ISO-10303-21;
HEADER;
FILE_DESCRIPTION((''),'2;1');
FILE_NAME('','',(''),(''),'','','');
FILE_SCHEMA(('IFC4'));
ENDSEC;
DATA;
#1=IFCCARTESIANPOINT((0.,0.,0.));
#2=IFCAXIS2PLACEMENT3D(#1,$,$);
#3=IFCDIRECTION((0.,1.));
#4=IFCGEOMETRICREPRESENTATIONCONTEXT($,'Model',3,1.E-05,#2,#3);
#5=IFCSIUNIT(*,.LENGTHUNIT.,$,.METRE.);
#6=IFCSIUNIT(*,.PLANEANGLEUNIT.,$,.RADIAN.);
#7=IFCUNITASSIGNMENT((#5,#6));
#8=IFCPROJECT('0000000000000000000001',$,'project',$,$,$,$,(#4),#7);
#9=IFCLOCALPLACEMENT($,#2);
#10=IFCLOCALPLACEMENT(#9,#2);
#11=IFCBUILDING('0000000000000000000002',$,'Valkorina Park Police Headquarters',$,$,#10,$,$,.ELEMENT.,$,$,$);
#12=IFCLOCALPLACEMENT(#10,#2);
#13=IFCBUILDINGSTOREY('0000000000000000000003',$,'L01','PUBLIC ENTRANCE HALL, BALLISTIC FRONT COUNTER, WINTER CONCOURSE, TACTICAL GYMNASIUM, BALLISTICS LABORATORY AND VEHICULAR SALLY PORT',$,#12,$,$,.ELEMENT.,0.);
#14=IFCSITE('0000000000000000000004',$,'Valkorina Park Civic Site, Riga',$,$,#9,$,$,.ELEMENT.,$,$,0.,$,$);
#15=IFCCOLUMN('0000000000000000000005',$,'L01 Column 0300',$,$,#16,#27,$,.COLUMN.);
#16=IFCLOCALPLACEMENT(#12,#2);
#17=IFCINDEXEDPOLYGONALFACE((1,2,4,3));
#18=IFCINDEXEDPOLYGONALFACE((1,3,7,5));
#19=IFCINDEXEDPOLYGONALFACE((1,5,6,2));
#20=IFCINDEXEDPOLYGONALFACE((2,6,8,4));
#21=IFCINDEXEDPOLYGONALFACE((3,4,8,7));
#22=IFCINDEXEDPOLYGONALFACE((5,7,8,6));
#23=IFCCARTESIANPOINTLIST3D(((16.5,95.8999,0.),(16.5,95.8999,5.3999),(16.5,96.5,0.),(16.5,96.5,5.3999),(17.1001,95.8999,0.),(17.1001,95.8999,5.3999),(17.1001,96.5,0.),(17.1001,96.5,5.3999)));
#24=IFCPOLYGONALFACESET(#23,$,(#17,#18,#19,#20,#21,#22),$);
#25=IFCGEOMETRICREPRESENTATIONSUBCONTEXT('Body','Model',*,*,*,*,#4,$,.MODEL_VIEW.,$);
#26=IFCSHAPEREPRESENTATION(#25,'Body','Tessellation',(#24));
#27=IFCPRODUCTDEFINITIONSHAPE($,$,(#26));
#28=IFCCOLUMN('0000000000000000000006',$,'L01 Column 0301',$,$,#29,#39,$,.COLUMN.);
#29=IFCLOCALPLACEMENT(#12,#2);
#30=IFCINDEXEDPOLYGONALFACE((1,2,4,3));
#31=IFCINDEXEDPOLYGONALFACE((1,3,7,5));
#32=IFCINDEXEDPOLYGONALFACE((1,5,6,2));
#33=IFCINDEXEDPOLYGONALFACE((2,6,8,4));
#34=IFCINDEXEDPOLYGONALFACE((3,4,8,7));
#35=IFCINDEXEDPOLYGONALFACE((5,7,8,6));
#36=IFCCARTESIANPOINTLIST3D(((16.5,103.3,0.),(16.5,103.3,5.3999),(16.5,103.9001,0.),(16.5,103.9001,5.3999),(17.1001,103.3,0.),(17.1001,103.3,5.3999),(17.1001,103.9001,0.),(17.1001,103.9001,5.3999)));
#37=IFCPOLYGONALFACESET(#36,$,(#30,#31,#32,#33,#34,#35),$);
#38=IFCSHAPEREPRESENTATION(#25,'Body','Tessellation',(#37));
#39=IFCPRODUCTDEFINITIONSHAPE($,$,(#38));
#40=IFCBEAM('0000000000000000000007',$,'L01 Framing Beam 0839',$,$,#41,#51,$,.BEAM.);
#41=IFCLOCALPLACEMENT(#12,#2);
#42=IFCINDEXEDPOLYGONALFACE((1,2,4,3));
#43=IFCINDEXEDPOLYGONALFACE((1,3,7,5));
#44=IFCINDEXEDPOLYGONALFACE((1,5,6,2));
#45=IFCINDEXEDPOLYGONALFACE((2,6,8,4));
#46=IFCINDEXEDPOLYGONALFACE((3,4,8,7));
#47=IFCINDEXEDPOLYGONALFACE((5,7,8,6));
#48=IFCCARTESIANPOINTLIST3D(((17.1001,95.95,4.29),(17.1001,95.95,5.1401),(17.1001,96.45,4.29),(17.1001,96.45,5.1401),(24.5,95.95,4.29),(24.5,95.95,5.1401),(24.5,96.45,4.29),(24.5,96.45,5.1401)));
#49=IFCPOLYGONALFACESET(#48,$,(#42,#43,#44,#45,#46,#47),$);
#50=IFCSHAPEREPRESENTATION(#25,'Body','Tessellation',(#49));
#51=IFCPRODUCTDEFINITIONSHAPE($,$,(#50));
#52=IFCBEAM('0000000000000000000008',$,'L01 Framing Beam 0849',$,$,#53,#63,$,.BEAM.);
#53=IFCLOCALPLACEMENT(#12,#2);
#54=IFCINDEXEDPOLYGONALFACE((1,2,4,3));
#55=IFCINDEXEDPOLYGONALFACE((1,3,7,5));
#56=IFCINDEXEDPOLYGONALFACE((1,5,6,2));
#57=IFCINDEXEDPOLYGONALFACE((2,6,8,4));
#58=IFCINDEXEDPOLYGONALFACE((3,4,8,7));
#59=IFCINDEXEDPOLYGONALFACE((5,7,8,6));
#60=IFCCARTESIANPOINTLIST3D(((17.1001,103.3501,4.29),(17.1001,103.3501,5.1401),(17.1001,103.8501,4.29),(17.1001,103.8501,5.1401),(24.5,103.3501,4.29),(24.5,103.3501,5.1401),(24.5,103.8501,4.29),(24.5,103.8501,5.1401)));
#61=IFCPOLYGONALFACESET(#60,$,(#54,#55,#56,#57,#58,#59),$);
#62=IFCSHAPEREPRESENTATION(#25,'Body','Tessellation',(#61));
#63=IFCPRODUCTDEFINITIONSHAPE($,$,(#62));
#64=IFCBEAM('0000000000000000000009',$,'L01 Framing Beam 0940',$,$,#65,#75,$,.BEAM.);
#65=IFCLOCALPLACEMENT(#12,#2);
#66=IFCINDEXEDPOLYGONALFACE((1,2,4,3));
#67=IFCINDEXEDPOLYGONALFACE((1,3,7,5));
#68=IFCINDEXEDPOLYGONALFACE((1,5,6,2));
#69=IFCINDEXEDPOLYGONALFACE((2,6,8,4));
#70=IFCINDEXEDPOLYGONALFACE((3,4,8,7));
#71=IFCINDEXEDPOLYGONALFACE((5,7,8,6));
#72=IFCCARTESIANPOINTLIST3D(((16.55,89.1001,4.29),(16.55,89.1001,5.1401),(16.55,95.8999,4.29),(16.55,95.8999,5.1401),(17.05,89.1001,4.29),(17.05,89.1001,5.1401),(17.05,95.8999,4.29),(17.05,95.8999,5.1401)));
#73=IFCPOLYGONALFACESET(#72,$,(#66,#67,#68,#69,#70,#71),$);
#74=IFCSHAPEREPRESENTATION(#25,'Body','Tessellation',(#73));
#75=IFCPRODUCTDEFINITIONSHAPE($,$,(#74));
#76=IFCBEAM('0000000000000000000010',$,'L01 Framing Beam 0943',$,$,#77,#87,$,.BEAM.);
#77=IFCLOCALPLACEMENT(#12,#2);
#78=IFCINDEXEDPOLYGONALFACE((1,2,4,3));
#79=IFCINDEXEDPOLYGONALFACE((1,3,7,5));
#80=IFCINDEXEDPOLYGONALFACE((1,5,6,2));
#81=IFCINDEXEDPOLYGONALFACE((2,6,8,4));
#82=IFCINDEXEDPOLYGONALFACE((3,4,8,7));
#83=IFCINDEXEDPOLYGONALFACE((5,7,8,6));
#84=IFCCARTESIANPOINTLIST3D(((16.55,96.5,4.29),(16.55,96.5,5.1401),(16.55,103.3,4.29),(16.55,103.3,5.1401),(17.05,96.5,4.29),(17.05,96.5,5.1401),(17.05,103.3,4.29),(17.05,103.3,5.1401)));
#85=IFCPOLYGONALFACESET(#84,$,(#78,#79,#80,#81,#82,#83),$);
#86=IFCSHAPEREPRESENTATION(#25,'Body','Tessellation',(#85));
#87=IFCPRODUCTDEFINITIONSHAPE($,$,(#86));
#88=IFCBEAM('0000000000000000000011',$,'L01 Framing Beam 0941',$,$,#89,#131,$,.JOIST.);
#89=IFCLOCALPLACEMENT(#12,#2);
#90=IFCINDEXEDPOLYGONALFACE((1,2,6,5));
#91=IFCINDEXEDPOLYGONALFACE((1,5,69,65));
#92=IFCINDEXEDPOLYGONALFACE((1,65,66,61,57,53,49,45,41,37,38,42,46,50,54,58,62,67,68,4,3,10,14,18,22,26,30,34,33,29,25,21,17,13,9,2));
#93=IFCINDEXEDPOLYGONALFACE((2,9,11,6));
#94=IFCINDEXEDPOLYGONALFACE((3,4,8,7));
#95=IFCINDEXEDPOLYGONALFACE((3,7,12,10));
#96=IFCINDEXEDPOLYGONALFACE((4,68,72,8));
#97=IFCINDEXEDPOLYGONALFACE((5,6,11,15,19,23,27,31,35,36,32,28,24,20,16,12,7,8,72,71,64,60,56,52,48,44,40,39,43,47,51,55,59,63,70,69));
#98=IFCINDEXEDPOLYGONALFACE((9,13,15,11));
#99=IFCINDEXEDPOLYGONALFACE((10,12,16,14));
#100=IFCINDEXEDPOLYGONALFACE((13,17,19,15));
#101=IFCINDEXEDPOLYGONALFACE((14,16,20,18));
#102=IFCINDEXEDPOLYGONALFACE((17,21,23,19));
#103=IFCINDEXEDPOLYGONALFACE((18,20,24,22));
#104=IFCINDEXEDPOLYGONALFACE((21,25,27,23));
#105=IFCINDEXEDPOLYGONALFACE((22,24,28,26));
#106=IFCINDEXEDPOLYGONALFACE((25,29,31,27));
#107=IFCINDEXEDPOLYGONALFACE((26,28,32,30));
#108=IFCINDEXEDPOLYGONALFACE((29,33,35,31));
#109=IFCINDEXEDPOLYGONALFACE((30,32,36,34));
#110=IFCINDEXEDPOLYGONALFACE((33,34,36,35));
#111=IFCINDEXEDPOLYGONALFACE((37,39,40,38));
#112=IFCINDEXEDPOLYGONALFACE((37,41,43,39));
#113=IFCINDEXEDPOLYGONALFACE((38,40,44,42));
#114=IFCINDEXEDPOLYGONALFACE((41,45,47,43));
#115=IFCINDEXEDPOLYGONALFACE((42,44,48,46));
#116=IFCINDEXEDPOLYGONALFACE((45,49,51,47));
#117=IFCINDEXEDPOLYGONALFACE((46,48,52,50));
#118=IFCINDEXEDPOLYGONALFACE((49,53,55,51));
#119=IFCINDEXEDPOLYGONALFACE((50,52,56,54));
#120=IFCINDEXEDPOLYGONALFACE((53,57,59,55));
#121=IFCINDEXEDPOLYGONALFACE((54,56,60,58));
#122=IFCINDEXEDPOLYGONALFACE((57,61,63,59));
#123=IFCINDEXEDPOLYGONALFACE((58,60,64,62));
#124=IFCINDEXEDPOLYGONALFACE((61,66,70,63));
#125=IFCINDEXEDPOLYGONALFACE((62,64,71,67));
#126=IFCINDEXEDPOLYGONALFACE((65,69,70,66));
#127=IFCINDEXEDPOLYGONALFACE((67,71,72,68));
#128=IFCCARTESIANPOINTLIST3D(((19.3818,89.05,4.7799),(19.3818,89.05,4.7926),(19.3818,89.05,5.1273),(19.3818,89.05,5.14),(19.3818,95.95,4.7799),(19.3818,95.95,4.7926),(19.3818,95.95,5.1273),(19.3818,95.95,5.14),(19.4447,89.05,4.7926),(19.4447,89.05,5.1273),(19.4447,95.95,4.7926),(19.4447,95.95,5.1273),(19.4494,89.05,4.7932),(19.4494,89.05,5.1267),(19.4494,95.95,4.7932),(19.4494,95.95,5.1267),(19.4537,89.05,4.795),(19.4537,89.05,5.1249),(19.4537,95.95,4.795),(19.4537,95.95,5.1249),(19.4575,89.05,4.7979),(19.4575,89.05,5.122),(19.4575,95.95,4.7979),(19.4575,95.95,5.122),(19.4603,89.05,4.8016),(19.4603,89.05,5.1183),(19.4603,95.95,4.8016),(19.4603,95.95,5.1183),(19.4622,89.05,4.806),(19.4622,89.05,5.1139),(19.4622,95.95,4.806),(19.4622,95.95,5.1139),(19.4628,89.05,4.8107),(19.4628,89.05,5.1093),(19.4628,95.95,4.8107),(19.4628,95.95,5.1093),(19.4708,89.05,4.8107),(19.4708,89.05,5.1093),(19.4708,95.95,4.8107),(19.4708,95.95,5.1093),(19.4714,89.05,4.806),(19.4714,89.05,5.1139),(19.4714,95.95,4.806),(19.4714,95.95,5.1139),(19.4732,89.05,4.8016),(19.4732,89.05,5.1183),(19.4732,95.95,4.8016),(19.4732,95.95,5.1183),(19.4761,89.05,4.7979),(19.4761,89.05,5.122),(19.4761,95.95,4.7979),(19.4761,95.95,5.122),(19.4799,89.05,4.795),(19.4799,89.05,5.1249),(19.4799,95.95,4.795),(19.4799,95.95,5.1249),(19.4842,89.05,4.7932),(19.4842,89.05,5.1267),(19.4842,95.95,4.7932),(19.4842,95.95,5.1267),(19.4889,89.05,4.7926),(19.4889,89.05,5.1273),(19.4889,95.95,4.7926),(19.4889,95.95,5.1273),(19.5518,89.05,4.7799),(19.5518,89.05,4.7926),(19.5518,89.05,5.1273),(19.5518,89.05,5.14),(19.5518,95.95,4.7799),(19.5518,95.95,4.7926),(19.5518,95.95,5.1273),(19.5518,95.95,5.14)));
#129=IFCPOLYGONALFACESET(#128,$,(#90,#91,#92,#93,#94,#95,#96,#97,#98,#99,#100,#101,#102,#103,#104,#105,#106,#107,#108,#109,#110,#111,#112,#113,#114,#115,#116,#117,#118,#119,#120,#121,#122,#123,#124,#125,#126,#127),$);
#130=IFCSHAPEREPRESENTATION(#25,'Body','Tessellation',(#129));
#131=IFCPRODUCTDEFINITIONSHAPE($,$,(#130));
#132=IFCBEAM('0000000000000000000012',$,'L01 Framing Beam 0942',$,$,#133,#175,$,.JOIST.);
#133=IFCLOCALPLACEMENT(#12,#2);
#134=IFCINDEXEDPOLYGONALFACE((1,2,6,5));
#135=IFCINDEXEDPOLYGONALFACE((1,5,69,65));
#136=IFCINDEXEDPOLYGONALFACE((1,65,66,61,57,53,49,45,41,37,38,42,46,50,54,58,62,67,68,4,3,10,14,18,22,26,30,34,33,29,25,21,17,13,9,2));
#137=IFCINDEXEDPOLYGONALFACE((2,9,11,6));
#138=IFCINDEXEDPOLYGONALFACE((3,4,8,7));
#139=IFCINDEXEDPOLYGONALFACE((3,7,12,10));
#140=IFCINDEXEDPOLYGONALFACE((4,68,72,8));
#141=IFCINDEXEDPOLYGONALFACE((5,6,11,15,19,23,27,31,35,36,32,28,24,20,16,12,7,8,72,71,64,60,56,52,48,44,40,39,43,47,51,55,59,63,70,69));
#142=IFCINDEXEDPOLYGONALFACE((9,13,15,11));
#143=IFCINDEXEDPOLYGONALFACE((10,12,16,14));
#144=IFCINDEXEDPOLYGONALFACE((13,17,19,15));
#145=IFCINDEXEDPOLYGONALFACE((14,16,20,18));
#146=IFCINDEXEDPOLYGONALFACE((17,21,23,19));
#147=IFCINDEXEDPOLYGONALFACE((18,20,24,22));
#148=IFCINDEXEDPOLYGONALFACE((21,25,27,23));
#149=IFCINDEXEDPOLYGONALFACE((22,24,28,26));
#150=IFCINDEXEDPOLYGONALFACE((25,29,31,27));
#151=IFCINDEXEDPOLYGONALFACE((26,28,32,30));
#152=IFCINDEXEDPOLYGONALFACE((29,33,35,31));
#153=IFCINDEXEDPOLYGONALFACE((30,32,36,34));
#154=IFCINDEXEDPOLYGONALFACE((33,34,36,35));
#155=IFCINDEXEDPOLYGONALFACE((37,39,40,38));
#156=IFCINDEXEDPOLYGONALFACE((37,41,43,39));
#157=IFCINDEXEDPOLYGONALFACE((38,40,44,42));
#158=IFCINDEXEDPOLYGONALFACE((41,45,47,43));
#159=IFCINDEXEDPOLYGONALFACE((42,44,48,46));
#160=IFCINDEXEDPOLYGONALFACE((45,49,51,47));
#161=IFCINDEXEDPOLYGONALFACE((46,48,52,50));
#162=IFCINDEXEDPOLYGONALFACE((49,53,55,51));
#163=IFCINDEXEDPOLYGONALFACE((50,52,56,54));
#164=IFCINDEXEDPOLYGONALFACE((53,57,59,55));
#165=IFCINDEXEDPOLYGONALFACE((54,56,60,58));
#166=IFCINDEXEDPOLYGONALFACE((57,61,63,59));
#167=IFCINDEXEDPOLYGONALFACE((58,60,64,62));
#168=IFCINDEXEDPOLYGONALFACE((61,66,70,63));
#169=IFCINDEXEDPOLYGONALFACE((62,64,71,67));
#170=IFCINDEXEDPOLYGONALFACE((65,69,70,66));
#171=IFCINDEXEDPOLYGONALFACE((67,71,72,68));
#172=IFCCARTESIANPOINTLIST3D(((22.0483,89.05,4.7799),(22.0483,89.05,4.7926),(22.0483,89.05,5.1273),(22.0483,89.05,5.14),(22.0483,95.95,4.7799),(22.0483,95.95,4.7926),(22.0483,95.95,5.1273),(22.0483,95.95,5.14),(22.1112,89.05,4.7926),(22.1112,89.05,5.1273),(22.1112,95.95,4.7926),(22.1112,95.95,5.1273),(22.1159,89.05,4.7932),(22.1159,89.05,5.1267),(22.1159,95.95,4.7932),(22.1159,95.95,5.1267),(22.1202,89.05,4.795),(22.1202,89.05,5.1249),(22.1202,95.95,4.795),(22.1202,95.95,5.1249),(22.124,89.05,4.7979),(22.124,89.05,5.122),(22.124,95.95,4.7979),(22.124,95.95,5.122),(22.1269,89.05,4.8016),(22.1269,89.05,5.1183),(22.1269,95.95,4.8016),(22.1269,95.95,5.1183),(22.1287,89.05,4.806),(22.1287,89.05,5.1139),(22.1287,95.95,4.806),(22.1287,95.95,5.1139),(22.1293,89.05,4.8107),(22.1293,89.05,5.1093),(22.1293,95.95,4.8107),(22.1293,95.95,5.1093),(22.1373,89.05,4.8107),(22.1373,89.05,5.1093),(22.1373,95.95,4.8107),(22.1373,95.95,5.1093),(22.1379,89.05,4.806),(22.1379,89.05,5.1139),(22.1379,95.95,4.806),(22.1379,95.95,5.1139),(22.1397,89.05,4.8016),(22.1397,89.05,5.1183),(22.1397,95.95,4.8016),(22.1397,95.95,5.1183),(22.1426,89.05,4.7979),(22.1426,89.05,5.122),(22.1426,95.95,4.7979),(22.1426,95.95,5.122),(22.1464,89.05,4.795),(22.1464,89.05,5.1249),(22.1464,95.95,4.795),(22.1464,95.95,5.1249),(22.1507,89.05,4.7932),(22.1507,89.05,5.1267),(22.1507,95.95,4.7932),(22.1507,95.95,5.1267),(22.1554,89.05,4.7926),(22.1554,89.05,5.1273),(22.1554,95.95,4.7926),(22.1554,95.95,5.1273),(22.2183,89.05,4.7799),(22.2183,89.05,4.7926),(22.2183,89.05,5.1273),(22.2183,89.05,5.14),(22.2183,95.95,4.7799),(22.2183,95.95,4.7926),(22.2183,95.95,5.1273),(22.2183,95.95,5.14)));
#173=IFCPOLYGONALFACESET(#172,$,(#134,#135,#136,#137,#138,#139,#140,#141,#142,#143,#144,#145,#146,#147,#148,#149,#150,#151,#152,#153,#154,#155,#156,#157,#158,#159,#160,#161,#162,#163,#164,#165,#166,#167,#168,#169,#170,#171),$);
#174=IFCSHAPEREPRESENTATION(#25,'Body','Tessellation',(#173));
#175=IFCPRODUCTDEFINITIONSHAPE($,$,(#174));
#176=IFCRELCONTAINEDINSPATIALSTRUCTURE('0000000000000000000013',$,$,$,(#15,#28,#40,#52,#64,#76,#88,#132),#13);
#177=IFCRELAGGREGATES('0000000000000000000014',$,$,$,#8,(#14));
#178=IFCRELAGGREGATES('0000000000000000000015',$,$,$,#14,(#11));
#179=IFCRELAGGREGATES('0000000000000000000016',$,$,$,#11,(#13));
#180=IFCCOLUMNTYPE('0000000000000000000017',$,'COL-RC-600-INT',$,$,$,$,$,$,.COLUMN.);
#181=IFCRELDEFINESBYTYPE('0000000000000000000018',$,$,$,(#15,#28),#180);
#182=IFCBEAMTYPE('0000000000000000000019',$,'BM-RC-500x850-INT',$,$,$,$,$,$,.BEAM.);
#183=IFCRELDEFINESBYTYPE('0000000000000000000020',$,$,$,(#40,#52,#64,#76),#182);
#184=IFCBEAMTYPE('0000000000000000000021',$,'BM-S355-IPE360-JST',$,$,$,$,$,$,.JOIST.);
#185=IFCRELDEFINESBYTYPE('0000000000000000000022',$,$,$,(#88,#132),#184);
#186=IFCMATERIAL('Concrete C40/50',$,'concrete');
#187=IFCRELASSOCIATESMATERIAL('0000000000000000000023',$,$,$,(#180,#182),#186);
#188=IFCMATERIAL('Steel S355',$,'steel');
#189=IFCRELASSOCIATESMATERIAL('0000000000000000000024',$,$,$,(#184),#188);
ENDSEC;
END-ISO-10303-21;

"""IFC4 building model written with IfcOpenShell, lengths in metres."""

from ifc_helpers import new_model, si_unit, direction, frame, origin, origin_2d, place, context, subcontext, project, spatial, rectangle, i_section, extrude, material, material_profile, profile_set, type_object, element, save


model = new_model("IFC4")

# Units and contexts
model_context = context("Model", 3, precision=1e-05, world=origin(), true_north=direction((0.0, 1.0)))
body_context = subcontext(model_context, "Body", "Model", "MODEL_VIEW")
ifc_project = project(units=[si_unit("LENGTHUNIT", "METRE"), si_unit("PLANEANGLEUNIT", "RADIAN")], contexts=[model_context])

# Site, building, storey
site_placement = place(None, origin())
site = spatial("IfcSite", under=ifc_project, at=site_placement, Name="Valkorina Park Civic Site, Riga", CompositionType="ELEMENT", RefElevation=0.0)
building_placement = place(site_placement, origin())
building = spatial("IfcBuilding", under=site, at=building_placement, Name="Valkorina Park Police Headquarters", CompositionType="ELEMENT")
storey_placement = place(building_placement, origin())
storey = spatial("IfcBuildingStorey", under=building, at=storey_placement, Name="L01", Description="PUBLIC ENTRANCE HALL, BALLISTIC FRONT COUNTER, WINTER CONCOURSE, TACTICAL GYMNASIUM, BALLISTICS LABORATORY AND VEHICULAR SALLY PORT", CompositionType="ELEMENT", Elevation=0.0)

# Columns
ifc_material_1 = material(Name="Concrete C40/50", Category="concrete")
ifc_material_profile_1 = material_profile(ifc_material_1, rectangle(XDim=0.6001, YDim=0.6001, at=origin_2d()), Name="RC COL 600x600")
ifc_profile_set_1 = profile_set([ifc_material_profile_1], Name="Concrete C40/50")
column_type = type_object("IfcColumnType", Name="COL-RC-600-INT", PredefinedType="COLUMN", material=ifc_profile_set_1)
for number, where, z_axis, x_axis, name in (
    (1, (16.8, 96.2, 0.0), (0.0, 0.0, 1.0), (1.0, 0.0, 0.0), "L01 Column 0300"),
    (2, (16.8, 103.6001, 0.0), (0.0, 0.0, 1.0), (1.0, 0.0, 0.0), "L01 Column 0301"),
):
    element("IfcColumn", number, at=place(storey_placement, frame(where, z_axis=z_axis, x_axis=x_axis)), inside=storey, type_object=column_type, Name=name, PredefinedType="COLUMN", context=body_context, shape_type="SweptSolid", body=[
        extrude(rectangle(XDim=0.6001, YDim=0.6001, at=origin_2d()), origin(), (0.0, 0.0, 1.0), 5.3999),
    ])

# Beams
ifc_material_profile_2 = material_profile(ifc_material_1, rectangle(XDim=0.5, YDim=0.8501, at=origin_2d()), Name="RC BEAM 500x850")
ifc_profile_set_2 = profile_set([ifc_material_profile_2], Name="Concrete C40/50")
beam_type_1 = type_object("IfcBeamType", Name="BM-RC-500x850-INT", PredefinedType="BEAM", material=ifc_profile_set_2)
for number, where, z_axis, x_axis, name in (
    (3, (17.1001, 96.2, 4.7151), (1.0, 0.0, 0.0), (0.0, 1.0, 0.0), "L01 Framing Beam 0839"),
    (4, (17.1001, 103.6001, 4.7151), (1.0, 0.0, 0.0), (0.0, 1.0, 0.0), "L01 Framing Beam 0849"),
):
    element("IfcBeam", number, at=place(storey_placement, frame(where, z_axis=z_axis, x_axis=x_axis)), inside=storey, type_object=beam_type_1, Name=name, PredefinedType="BEAM", context=body_context, shape_type="SweptSolid", body=[
        extrude(rectangle(XDim=0.5, YDim=0.8501, at=origin_2d()), origin(), (0.0, 0.0, 1.0), 7.3999),
    ])
beam_1_placement = place(storey_placement, frame((16.8, 89.1001, 4.7151), z_axis=(0.0, 1.0, 0.0), x_axis=(-1.0, 0.0, 0.0)))
element("IfcBeam", 5, at=beam_1_placement, inside=storey, type_object=beam_type_1, Name="L01 Framing Beam 0940", PredefinedType="BEAM", context=body_context, shape_type="SweptSolid", body=[
    extrude(rectangle(XDim=0.5, YDim=0.8501, at=origin_2d()), origin(), (0.0, 0.0, 1.0), 6.7998),
])
beam_2_placement = place(storey_placement, frame((16.8, 96.5, 4.7151), z_axis=(0.0, 1.0, 0.0), x_axis=(-1.0, 0.0, 0.0)))
element("IfcBeam", 6, at=beam_2_placement, inside=storey, type_object=beam_type_1, Name="L01 Framing Beam 0943", PredefinedType="BEAM", context=body_context, shape_type="SweptSolid", body=[
    extrude(rectangle(XDim=0.5, YDim=0.8501, at=origin_2d()), origin(), (0.0, 0.0, 1.0), 6.8),
])
ifc_material_2 = material(Name="Steel S355", Category="steel")
ifc_material_profile_3 = material_profile(ifc_material_2, i_section(OverallWidth=0.1699, OverallDepth=0.3601, WebThickness=0.0081, FlangeThickness=0.0127, FilletRadius=0.0181, at=origin_2d()), Name="IPE 360")
ifc_profile_set_3 = profile_set([ifc_material_profile_3], Name="Steel S355")
beam_type_2 = type_object("IfcBeamType", Name="BM-S355-IPE360-JST", PredefinedType="JOIST", material=ifc_profile_set_3)
for number, where, z_axis, x_axis, name in (
    (7, (19.4668, 89.05, 4.96), (0.0, 1.0, 0.0), (-1.0, 0.0, 0.0), "L01 Framing Beam 0941"),
    (8, (22.1333, 89.05, 4.96), (0.0, 1.0, 0.0), (-1.0, 0.0, 0.0), "L01 Framing Beam 0942"),
):
    element("IfcBeam", number, at=place(storey_placement, frame(where, z_axis=z_axis, x_axis=x_axis)), inside=storey, type_object=beam_type_2, Name=name, PredefinedType="JOIST", context=body_context, shape_type="SweptSolid", body=[
        extrude(i_section(OverallWidth=0.1699, OverallDepth=0.3601, WebThickness=0.0081, FlangeThickness=0.0127, FilletRadius=0.0181, at=origin_2d()), origin(), (0.0, 0.0, 1.0), 6.8999),
    ])

save(model, "model.ifc")
